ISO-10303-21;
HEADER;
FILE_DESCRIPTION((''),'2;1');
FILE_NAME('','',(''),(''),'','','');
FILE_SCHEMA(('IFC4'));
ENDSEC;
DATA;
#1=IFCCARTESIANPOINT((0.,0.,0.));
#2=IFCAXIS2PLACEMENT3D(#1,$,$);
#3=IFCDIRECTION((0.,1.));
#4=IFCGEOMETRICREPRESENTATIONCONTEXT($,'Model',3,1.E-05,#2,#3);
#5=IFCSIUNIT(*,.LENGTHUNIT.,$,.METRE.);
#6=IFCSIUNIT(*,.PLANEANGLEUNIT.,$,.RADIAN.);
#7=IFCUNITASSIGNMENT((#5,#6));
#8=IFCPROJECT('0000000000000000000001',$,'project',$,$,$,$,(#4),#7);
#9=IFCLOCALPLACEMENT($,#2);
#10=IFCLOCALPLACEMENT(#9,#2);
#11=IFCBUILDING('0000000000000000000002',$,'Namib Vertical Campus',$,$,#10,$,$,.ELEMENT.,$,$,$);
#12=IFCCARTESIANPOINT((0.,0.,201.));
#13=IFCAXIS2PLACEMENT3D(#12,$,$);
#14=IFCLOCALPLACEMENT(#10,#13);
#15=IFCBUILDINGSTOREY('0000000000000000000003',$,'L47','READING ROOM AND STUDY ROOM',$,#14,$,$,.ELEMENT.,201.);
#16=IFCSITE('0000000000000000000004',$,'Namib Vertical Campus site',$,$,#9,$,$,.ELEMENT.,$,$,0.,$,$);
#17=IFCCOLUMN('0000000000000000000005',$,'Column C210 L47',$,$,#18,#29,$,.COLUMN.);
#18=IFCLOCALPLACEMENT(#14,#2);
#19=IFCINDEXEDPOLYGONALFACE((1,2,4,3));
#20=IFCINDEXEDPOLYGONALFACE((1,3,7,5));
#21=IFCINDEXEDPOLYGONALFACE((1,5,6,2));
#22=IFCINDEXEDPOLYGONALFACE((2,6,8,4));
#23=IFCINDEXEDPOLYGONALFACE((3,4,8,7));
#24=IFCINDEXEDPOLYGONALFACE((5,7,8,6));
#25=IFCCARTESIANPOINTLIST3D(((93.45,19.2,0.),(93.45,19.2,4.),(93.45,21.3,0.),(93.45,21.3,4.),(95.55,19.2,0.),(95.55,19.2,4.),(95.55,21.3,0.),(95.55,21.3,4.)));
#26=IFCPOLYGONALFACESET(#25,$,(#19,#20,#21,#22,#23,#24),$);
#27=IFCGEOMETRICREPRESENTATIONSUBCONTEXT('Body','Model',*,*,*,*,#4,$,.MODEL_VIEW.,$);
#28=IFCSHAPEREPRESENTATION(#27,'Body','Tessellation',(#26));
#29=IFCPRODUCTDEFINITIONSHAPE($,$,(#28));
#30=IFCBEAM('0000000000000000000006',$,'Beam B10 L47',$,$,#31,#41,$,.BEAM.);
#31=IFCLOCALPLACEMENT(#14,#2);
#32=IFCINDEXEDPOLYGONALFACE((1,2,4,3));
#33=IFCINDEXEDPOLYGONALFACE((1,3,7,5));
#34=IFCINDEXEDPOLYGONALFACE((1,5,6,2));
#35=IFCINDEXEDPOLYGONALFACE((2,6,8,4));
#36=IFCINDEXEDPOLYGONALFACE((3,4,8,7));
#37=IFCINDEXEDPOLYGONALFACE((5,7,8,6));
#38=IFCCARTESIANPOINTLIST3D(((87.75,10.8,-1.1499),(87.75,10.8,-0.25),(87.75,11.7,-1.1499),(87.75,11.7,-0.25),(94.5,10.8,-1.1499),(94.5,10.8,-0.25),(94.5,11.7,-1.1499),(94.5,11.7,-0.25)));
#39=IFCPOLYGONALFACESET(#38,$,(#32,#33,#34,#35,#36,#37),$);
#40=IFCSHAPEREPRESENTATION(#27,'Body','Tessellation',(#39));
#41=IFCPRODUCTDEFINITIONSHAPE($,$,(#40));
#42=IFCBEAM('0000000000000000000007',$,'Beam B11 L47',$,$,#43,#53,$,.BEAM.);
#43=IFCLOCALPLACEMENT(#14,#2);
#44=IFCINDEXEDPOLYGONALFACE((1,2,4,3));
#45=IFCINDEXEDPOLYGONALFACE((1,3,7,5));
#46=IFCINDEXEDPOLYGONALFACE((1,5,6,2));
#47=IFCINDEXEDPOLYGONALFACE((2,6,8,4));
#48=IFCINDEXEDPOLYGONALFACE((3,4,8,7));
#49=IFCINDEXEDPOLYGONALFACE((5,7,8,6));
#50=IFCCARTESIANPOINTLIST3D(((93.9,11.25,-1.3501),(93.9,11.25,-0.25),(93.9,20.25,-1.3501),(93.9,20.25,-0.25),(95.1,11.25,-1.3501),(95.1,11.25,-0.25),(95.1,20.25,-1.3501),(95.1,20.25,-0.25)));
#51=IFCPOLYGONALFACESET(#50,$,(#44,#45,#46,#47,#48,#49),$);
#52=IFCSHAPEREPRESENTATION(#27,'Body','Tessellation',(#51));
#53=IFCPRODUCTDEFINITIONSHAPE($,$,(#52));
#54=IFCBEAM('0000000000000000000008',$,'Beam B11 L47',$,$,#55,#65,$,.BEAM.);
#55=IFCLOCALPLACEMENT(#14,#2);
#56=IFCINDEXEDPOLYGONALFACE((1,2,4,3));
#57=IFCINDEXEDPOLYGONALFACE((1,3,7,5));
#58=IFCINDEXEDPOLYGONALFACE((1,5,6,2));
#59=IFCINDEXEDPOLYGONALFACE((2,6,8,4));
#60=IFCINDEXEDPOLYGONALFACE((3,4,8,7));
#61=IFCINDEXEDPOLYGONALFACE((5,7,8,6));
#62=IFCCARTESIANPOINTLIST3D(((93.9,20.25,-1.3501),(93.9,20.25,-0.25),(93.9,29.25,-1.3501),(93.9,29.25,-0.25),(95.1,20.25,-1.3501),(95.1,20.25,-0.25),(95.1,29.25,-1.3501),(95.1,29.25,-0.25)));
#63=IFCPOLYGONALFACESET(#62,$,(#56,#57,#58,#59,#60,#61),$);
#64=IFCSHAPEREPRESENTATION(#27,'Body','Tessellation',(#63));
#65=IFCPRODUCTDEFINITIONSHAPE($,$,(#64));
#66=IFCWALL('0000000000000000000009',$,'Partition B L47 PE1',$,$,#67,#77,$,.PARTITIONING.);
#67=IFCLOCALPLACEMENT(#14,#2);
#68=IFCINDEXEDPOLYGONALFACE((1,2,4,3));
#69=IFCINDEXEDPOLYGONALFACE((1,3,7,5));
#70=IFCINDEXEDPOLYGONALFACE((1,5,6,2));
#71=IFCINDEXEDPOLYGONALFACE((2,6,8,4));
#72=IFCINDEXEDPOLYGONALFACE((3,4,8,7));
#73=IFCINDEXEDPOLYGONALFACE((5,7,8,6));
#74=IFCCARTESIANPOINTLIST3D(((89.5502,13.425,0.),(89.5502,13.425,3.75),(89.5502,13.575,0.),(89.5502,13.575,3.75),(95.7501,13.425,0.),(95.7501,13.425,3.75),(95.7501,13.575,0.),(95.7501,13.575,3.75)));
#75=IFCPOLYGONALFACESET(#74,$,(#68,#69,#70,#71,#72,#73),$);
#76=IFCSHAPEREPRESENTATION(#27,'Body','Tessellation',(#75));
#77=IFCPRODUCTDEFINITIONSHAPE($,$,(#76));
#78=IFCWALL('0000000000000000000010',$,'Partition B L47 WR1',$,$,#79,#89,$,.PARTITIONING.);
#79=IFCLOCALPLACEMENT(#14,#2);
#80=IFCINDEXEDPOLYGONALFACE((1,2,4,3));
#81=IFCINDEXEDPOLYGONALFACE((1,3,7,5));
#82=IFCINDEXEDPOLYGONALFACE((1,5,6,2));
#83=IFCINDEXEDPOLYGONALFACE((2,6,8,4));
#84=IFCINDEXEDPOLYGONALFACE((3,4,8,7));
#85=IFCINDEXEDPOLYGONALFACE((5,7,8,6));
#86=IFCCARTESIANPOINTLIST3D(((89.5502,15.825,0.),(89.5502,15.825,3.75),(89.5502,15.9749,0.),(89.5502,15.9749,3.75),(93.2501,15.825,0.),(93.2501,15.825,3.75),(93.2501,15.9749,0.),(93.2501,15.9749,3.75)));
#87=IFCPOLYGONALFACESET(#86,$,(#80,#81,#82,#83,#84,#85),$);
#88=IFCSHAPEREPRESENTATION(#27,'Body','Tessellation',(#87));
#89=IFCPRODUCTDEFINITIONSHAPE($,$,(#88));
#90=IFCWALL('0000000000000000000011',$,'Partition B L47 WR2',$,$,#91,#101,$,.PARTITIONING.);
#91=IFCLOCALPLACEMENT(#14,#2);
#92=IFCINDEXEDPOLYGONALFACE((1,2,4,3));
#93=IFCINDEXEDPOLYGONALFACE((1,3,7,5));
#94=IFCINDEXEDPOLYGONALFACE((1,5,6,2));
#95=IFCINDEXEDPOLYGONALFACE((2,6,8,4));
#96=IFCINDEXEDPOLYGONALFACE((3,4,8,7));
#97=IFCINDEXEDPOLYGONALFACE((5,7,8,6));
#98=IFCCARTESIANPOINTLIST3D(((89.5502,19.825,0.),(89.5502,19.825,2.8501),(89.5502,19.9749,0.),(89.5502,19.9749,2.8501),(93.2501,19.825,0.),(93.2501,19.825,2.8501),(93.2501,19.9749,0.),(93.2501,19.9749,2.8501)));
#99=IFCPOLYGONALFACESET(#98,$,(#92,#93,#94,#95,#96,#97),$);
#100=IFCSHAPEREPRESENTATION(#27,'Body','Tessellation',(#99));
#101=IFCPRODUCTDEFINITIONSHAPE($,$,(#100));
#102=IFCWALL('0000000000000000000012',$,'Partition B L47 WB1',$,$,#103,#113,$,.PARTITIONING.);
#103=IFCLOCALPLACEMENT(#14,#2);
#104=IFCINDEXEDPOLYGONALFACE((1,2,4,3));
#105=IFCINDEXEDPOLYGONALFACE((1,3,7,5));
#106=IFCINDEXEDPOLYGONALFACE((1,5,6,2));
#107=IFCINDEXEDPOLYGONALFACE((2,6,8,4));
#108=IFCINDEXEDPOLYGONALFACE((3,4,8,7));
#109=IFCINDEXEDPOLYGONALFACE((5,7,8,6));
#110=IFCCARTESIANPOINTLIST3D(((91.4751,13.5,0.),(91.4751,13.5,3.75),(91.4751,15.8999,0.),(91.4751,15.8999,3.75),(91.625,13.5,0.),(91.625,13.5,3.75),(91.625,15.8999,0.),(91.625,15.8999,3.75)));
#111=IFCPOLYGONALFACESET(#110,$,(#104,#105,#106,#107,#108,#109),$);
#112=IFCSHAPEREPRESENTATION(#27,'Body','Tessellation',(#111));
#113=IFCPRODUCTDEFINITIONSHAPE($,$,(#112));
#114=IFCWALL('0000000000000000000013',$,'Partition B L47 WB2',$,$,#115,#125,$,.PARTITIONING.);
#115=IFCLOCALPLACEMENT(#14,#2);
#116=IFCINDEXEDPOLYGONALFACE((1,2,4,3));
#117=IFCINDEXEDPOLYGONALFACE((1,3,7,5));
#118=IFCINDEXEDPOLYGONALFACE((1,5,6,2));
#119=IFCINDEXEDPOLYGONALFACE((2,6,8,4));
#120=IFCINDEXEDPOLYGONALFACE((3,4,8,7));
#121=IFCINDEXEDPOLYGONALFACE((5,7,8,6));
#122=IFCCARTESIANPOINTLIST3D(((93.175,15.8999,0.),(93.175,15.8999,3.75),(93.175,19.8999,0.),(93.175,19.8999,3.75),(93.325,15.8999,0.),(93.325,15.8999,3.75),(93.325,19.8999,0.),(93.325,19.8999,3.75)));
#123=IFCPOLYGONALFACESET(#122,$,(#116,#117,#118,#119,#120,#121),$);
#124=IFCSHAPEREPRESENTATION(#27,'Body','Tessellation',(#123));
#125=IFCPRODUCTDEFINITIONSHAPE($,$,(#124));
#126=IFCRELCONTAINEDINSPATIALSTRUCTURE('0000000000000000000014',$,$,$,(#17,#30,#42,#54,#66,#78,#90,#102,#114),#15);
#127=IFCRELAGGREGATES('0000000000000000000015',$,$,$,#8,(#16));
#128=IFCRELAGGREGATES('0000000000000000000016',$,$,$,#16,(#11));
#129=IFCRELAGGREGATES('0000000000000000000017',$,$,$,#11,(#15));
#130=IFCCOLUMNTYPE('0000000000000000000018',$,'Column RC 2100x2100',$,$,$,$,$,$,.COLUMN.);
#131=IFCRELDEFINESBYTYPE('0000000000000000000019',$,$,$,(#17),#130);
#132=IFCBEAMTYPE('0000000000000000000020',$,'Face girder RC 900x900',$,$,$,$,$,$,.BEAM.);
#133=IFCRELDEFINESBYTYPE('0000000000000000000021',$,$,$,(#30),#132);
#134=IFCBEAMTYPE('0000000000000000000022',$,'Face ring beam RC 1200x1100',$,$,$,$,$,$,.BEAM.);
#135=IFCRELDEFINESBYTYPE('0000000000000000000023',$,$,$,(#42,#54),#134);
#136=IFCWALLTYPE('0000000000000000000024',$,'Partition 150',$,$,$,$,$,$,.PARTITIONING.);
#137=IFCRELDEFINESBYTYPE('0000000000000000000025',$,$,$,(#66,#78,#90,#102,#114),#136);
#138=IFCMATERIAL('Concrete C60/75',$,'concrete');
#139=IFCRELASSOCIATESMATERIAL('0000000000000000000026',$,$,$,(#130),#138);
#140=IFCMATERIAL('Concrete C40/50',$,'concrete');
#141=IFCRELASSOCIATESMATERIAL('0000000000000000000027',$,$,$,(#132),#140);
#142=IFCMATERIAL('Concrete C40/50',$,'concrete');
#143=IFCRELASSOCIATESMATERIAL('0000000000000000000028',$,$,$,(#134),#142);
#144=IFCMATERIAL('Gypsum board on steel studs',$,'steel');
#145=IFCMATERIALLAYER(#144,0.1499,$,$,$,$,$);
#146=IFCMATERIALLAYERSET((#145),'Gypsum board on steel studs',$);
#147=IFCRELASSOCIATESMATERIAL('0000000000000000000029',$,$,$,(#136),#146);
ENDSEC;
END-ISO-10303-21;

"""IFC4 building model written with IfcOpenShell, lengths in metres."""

from ifc_helpers import new_model, si_unit, direction, frame, frame_2d, origin, origin_2d, place, context, subcontext, project, spatial, rectangle, extrude, material, layer, layer_set, material_profile, profile_set, type_object, element, save


model = new_model("IFC4")

# Units and contexts
model_context = context("Model", 3, precision=1e-05, world=origin(), true_north=direction((0.0, 1.0)))
body_context = subcontext(model_context, "Body", "Model", "MODEL_VIEW")
ifc_project = project(units=[si_unit("LENGTHUNIT", "METRE"), si_unit("PLANEANGLEUNIT", "RADIAN")], contexts=[model_context])

# Site, building, storey
site_placement = place(None, origin())
site = spatial("IfcSite", under=ifc_project, at=site_placement, Name="Namib Vertical Campus site", CompositionType="ELEMENT", RefElevation=0.0)
building_placement = place(site_placement, origin())
building = spatial("IfcBuilding", under=site, at=building_placement, Name="Namib Vertical Campus", CompositionType="ELEMENT")
storey_placement = place(building_placement, frame((0.0, 0.0, 201.0)))
storey = spatial("IfcBuildingStorey", under=building, at=storey_placement, Name="L47", Description="READING ROOM AND STUDY ROOM", CompositionType="ELEMENT", Elevation=201.0)

# Column
ifc_material_1 = material(Name="Concrete C60/75", Category="concrete")
ifc_material_profile_1 = material_profile(ifc_material_1, rectangle(XDim=2.1001, YDim=2.1001, at=origin_2d()))
ifc_profile_set_1 = profile_set([ifc_material_profile_1], Name="Concrete C60/75")
column_type = type_object("IfcColumnType", Name="Column RC 2100x2100", PredefinedType="COLUMN", material=ifc_profile_set_1)
column_placement = place(storey_placement, frame((94.5, 20.25, 0.0), z_axis=(0.0, 0.0, 1.0), x_axis=(1.0, 0.0, 0.0)))
element("IfcColumn", 1, at=column_placement, inside=storey, type_object=column_type, Name="Column C210 L47", PredefinedType="COLUMN", context=body_context, shape_type="SweptSolid", body=[
    extrude(rectangle(XDim=2.1001, YDim=2.1001, at=origin_2d()), origin(), (0.0, 0.0, 1.0), 4.0),
])

# Beams
ifc_material_2 = material(Name="Concrete C40/50", Category="concrete")
ifc_material_profile_2 = material_profile(ifc_material_2, rectangle(XDim=0.8999, YDim=0.8999, at=origin_2d()))
ifc_profile_set_2 = profile_set([ifc_material_profile_2], Name="Concrete C40/50")
beam_type_1 = type_object("IfcBeamType", Name="Face girder RC 900x900", PredefinedType="BEAM", material=ifc_profile_set_2)
beam_placement = place(storey_placement, frame((94.5, 11.25, -0.7), z_axis=(-1.0, 0.0, 0.0), x_axis=(0.0, -1.0, 0.0)))
element("IfcBeam", 2, at=beam_placement, inside=storey, type_object=beam_type_1, Name="Beam B10 L47", PredefinedType="BEAM", context=body_context, shape_type="SweptSolid", body=[
    extrude(rectangle(XDim=0.8999, YDim=0.8999, at=origin_2d()), origin(), (0.0, 0.0, 1.0), 6.75),
])
ifc_material_3 = material(Name="Concrete C40/50", Category="concrete")
ifc_material_profile_3 = material_profile(ifc_material_3, rectangle(XDim=1.2, YDim=1.1001, at=origin_2d()))
ifc_profile_set_3 = profile_set([ifc_material_profile_3], Name="Concrete C40/50")
beam_type_2 = type_object("IfcBeamType", Name="Face ring beam RC 1200x1100", PredefinedType="BEAM", material=ifc_profile_set_3)
for number, where, z_axis, x_axis, name in (
    (3, (94.5, 11.25, -0.8), (0.0, 1.0, 0.0), (-1.0, 0.0, 0.0), "Beam B11 L47"),
    (4, (94.5, 20.25, -0.8), (0.0, 1.0, 0.0), (-1.0, 0.0, 0.0), "Beam B11 L47"),
):
    element("IfcBeam", number, at=place(storey_placement, frame(where, z_axis=z_axis, x_axis=x_axis)), inside=storey, type_object=beam_type_2, Name=name, PredefinedType="BEAM", context=body_context, shape_type="SweptSolid", body=[
        extrude(rectangle(XDim=1.2, YDim=1.1001, at=origin_2d()), origin(), (0.0, 0.0, 1.0), 9.0),
    ])

# Walls
ifc_material_4 = material(Name="Gypsum board on steel studs", Category="steel")
ifc_layer = layer(ifc_material_4, 0.1499)
ifc_layer_set = layer_set([ifc_layer], Name="Gypsum board on steel studs")
wall_type = type_object("IfcWallType", Name="Partition 150", PredefinedType="PARTITIONING", material=ifc_layer_set)
wall_1_placement = place(storey_placement, frame((89.55, 13.5, 0.0), z_axis=(0.0, 0.0, 1.0), x_axis=(1.0, 0.0, 0.0)))
element("IfcWall", 5, at=wall_1_placement, inside=storey, type_object=wall_type, Name="Partition B L47 PE1", PredefinedType="PARTITIONING", context=body_context, shape_type="SweptSolid", body=[
    extrude(rectangle(XDim=6.2, YDim=0.1499, at=frame_2d((3.1001, 0.0))), origin(), (0.0, 0.0, 1.0), 3.75),
])
wall_2_placement = place(storey_placement, frame((89.55, 15.8999, 0.0), z_axis=(0.0, 0.0, 1.0), x_axis=(1.0, 0.0, 0.0)))
element("IfcWall", 6, at=wall_2_placement, inside=storey, type_object=wall_type, Name="Partition B L47 WR1", PredefinedType="PARTITIONING", context=body_context, shape_type="SweptSolid", body=[
    extrude(rectangle(XDim=3.7, YDim=0.1499, at=frame_2d((1.8501, 0.0))), origin(), (0.0, 0.0, 1.0), 3.75),
])
wall_3_placement = place(storey_placement, frame((89.55, 19.8999, 0.0), z_axis=(0.0, 0.0, 1.0), x_axis=(1.0, 0.0, 0.0)))
element("IfcWall", 7, at=wall_3_placement, inside=storey, type_object=wall_type, Name="Partition B L47 WR2", PredefinedType="PARTITIONING", context=body_context, shape_type="SweptSolid", body=[
    extrude(rectangle(XDim=3.7, YDim=0.1499, at=frame_2d((1.8501, 0.0))), origin(), (0.0, 0.0, 1.0), 2.8501),
])
wall_4_placement = place(storey_placement, frame((91.55, 13.5, 0.0), z_axis=(0.0, 0.0, 1.0), x_axis=(0.0, 1.0, 0.0)))
element("IfcWall", 8, at=wall_4_placement, inside=storey, type_object=wall_type, Name="Partition B L47 WB1", PredefinedType="PARTITIONING", context=body_context, shape_type="SweptSolid", body=[
    extrude(rectangle(XDim=2.3999, YDim=0.1499, at=frame_2d((1.2, 0.0))), origin(), (0.0, 0.0, 1.0), 3.75),
])
wall_5_placement = place(storey_placement, frame((93.25, 15.8999, 0.0), z_axis=(0.0, 0.0, 1.0), x_axis=(0.0, 1.0, 0.0)))
element("IfcWall", 9, at=wall_5_placement, inside=storey, type_object=wall_type, Name="Partition B L47 WB2", PredefinedType="PARTITIONING", context=body_context, shape_type="SweptSolid", body=[
    extrude(rectangle(XDim=4.0, YDim=0.1499, at=frame_2d((2.0, 0.0))), origin(), (0.0, 0.0, 1.0), 3.75),
])

save(model, "model.ifc")
